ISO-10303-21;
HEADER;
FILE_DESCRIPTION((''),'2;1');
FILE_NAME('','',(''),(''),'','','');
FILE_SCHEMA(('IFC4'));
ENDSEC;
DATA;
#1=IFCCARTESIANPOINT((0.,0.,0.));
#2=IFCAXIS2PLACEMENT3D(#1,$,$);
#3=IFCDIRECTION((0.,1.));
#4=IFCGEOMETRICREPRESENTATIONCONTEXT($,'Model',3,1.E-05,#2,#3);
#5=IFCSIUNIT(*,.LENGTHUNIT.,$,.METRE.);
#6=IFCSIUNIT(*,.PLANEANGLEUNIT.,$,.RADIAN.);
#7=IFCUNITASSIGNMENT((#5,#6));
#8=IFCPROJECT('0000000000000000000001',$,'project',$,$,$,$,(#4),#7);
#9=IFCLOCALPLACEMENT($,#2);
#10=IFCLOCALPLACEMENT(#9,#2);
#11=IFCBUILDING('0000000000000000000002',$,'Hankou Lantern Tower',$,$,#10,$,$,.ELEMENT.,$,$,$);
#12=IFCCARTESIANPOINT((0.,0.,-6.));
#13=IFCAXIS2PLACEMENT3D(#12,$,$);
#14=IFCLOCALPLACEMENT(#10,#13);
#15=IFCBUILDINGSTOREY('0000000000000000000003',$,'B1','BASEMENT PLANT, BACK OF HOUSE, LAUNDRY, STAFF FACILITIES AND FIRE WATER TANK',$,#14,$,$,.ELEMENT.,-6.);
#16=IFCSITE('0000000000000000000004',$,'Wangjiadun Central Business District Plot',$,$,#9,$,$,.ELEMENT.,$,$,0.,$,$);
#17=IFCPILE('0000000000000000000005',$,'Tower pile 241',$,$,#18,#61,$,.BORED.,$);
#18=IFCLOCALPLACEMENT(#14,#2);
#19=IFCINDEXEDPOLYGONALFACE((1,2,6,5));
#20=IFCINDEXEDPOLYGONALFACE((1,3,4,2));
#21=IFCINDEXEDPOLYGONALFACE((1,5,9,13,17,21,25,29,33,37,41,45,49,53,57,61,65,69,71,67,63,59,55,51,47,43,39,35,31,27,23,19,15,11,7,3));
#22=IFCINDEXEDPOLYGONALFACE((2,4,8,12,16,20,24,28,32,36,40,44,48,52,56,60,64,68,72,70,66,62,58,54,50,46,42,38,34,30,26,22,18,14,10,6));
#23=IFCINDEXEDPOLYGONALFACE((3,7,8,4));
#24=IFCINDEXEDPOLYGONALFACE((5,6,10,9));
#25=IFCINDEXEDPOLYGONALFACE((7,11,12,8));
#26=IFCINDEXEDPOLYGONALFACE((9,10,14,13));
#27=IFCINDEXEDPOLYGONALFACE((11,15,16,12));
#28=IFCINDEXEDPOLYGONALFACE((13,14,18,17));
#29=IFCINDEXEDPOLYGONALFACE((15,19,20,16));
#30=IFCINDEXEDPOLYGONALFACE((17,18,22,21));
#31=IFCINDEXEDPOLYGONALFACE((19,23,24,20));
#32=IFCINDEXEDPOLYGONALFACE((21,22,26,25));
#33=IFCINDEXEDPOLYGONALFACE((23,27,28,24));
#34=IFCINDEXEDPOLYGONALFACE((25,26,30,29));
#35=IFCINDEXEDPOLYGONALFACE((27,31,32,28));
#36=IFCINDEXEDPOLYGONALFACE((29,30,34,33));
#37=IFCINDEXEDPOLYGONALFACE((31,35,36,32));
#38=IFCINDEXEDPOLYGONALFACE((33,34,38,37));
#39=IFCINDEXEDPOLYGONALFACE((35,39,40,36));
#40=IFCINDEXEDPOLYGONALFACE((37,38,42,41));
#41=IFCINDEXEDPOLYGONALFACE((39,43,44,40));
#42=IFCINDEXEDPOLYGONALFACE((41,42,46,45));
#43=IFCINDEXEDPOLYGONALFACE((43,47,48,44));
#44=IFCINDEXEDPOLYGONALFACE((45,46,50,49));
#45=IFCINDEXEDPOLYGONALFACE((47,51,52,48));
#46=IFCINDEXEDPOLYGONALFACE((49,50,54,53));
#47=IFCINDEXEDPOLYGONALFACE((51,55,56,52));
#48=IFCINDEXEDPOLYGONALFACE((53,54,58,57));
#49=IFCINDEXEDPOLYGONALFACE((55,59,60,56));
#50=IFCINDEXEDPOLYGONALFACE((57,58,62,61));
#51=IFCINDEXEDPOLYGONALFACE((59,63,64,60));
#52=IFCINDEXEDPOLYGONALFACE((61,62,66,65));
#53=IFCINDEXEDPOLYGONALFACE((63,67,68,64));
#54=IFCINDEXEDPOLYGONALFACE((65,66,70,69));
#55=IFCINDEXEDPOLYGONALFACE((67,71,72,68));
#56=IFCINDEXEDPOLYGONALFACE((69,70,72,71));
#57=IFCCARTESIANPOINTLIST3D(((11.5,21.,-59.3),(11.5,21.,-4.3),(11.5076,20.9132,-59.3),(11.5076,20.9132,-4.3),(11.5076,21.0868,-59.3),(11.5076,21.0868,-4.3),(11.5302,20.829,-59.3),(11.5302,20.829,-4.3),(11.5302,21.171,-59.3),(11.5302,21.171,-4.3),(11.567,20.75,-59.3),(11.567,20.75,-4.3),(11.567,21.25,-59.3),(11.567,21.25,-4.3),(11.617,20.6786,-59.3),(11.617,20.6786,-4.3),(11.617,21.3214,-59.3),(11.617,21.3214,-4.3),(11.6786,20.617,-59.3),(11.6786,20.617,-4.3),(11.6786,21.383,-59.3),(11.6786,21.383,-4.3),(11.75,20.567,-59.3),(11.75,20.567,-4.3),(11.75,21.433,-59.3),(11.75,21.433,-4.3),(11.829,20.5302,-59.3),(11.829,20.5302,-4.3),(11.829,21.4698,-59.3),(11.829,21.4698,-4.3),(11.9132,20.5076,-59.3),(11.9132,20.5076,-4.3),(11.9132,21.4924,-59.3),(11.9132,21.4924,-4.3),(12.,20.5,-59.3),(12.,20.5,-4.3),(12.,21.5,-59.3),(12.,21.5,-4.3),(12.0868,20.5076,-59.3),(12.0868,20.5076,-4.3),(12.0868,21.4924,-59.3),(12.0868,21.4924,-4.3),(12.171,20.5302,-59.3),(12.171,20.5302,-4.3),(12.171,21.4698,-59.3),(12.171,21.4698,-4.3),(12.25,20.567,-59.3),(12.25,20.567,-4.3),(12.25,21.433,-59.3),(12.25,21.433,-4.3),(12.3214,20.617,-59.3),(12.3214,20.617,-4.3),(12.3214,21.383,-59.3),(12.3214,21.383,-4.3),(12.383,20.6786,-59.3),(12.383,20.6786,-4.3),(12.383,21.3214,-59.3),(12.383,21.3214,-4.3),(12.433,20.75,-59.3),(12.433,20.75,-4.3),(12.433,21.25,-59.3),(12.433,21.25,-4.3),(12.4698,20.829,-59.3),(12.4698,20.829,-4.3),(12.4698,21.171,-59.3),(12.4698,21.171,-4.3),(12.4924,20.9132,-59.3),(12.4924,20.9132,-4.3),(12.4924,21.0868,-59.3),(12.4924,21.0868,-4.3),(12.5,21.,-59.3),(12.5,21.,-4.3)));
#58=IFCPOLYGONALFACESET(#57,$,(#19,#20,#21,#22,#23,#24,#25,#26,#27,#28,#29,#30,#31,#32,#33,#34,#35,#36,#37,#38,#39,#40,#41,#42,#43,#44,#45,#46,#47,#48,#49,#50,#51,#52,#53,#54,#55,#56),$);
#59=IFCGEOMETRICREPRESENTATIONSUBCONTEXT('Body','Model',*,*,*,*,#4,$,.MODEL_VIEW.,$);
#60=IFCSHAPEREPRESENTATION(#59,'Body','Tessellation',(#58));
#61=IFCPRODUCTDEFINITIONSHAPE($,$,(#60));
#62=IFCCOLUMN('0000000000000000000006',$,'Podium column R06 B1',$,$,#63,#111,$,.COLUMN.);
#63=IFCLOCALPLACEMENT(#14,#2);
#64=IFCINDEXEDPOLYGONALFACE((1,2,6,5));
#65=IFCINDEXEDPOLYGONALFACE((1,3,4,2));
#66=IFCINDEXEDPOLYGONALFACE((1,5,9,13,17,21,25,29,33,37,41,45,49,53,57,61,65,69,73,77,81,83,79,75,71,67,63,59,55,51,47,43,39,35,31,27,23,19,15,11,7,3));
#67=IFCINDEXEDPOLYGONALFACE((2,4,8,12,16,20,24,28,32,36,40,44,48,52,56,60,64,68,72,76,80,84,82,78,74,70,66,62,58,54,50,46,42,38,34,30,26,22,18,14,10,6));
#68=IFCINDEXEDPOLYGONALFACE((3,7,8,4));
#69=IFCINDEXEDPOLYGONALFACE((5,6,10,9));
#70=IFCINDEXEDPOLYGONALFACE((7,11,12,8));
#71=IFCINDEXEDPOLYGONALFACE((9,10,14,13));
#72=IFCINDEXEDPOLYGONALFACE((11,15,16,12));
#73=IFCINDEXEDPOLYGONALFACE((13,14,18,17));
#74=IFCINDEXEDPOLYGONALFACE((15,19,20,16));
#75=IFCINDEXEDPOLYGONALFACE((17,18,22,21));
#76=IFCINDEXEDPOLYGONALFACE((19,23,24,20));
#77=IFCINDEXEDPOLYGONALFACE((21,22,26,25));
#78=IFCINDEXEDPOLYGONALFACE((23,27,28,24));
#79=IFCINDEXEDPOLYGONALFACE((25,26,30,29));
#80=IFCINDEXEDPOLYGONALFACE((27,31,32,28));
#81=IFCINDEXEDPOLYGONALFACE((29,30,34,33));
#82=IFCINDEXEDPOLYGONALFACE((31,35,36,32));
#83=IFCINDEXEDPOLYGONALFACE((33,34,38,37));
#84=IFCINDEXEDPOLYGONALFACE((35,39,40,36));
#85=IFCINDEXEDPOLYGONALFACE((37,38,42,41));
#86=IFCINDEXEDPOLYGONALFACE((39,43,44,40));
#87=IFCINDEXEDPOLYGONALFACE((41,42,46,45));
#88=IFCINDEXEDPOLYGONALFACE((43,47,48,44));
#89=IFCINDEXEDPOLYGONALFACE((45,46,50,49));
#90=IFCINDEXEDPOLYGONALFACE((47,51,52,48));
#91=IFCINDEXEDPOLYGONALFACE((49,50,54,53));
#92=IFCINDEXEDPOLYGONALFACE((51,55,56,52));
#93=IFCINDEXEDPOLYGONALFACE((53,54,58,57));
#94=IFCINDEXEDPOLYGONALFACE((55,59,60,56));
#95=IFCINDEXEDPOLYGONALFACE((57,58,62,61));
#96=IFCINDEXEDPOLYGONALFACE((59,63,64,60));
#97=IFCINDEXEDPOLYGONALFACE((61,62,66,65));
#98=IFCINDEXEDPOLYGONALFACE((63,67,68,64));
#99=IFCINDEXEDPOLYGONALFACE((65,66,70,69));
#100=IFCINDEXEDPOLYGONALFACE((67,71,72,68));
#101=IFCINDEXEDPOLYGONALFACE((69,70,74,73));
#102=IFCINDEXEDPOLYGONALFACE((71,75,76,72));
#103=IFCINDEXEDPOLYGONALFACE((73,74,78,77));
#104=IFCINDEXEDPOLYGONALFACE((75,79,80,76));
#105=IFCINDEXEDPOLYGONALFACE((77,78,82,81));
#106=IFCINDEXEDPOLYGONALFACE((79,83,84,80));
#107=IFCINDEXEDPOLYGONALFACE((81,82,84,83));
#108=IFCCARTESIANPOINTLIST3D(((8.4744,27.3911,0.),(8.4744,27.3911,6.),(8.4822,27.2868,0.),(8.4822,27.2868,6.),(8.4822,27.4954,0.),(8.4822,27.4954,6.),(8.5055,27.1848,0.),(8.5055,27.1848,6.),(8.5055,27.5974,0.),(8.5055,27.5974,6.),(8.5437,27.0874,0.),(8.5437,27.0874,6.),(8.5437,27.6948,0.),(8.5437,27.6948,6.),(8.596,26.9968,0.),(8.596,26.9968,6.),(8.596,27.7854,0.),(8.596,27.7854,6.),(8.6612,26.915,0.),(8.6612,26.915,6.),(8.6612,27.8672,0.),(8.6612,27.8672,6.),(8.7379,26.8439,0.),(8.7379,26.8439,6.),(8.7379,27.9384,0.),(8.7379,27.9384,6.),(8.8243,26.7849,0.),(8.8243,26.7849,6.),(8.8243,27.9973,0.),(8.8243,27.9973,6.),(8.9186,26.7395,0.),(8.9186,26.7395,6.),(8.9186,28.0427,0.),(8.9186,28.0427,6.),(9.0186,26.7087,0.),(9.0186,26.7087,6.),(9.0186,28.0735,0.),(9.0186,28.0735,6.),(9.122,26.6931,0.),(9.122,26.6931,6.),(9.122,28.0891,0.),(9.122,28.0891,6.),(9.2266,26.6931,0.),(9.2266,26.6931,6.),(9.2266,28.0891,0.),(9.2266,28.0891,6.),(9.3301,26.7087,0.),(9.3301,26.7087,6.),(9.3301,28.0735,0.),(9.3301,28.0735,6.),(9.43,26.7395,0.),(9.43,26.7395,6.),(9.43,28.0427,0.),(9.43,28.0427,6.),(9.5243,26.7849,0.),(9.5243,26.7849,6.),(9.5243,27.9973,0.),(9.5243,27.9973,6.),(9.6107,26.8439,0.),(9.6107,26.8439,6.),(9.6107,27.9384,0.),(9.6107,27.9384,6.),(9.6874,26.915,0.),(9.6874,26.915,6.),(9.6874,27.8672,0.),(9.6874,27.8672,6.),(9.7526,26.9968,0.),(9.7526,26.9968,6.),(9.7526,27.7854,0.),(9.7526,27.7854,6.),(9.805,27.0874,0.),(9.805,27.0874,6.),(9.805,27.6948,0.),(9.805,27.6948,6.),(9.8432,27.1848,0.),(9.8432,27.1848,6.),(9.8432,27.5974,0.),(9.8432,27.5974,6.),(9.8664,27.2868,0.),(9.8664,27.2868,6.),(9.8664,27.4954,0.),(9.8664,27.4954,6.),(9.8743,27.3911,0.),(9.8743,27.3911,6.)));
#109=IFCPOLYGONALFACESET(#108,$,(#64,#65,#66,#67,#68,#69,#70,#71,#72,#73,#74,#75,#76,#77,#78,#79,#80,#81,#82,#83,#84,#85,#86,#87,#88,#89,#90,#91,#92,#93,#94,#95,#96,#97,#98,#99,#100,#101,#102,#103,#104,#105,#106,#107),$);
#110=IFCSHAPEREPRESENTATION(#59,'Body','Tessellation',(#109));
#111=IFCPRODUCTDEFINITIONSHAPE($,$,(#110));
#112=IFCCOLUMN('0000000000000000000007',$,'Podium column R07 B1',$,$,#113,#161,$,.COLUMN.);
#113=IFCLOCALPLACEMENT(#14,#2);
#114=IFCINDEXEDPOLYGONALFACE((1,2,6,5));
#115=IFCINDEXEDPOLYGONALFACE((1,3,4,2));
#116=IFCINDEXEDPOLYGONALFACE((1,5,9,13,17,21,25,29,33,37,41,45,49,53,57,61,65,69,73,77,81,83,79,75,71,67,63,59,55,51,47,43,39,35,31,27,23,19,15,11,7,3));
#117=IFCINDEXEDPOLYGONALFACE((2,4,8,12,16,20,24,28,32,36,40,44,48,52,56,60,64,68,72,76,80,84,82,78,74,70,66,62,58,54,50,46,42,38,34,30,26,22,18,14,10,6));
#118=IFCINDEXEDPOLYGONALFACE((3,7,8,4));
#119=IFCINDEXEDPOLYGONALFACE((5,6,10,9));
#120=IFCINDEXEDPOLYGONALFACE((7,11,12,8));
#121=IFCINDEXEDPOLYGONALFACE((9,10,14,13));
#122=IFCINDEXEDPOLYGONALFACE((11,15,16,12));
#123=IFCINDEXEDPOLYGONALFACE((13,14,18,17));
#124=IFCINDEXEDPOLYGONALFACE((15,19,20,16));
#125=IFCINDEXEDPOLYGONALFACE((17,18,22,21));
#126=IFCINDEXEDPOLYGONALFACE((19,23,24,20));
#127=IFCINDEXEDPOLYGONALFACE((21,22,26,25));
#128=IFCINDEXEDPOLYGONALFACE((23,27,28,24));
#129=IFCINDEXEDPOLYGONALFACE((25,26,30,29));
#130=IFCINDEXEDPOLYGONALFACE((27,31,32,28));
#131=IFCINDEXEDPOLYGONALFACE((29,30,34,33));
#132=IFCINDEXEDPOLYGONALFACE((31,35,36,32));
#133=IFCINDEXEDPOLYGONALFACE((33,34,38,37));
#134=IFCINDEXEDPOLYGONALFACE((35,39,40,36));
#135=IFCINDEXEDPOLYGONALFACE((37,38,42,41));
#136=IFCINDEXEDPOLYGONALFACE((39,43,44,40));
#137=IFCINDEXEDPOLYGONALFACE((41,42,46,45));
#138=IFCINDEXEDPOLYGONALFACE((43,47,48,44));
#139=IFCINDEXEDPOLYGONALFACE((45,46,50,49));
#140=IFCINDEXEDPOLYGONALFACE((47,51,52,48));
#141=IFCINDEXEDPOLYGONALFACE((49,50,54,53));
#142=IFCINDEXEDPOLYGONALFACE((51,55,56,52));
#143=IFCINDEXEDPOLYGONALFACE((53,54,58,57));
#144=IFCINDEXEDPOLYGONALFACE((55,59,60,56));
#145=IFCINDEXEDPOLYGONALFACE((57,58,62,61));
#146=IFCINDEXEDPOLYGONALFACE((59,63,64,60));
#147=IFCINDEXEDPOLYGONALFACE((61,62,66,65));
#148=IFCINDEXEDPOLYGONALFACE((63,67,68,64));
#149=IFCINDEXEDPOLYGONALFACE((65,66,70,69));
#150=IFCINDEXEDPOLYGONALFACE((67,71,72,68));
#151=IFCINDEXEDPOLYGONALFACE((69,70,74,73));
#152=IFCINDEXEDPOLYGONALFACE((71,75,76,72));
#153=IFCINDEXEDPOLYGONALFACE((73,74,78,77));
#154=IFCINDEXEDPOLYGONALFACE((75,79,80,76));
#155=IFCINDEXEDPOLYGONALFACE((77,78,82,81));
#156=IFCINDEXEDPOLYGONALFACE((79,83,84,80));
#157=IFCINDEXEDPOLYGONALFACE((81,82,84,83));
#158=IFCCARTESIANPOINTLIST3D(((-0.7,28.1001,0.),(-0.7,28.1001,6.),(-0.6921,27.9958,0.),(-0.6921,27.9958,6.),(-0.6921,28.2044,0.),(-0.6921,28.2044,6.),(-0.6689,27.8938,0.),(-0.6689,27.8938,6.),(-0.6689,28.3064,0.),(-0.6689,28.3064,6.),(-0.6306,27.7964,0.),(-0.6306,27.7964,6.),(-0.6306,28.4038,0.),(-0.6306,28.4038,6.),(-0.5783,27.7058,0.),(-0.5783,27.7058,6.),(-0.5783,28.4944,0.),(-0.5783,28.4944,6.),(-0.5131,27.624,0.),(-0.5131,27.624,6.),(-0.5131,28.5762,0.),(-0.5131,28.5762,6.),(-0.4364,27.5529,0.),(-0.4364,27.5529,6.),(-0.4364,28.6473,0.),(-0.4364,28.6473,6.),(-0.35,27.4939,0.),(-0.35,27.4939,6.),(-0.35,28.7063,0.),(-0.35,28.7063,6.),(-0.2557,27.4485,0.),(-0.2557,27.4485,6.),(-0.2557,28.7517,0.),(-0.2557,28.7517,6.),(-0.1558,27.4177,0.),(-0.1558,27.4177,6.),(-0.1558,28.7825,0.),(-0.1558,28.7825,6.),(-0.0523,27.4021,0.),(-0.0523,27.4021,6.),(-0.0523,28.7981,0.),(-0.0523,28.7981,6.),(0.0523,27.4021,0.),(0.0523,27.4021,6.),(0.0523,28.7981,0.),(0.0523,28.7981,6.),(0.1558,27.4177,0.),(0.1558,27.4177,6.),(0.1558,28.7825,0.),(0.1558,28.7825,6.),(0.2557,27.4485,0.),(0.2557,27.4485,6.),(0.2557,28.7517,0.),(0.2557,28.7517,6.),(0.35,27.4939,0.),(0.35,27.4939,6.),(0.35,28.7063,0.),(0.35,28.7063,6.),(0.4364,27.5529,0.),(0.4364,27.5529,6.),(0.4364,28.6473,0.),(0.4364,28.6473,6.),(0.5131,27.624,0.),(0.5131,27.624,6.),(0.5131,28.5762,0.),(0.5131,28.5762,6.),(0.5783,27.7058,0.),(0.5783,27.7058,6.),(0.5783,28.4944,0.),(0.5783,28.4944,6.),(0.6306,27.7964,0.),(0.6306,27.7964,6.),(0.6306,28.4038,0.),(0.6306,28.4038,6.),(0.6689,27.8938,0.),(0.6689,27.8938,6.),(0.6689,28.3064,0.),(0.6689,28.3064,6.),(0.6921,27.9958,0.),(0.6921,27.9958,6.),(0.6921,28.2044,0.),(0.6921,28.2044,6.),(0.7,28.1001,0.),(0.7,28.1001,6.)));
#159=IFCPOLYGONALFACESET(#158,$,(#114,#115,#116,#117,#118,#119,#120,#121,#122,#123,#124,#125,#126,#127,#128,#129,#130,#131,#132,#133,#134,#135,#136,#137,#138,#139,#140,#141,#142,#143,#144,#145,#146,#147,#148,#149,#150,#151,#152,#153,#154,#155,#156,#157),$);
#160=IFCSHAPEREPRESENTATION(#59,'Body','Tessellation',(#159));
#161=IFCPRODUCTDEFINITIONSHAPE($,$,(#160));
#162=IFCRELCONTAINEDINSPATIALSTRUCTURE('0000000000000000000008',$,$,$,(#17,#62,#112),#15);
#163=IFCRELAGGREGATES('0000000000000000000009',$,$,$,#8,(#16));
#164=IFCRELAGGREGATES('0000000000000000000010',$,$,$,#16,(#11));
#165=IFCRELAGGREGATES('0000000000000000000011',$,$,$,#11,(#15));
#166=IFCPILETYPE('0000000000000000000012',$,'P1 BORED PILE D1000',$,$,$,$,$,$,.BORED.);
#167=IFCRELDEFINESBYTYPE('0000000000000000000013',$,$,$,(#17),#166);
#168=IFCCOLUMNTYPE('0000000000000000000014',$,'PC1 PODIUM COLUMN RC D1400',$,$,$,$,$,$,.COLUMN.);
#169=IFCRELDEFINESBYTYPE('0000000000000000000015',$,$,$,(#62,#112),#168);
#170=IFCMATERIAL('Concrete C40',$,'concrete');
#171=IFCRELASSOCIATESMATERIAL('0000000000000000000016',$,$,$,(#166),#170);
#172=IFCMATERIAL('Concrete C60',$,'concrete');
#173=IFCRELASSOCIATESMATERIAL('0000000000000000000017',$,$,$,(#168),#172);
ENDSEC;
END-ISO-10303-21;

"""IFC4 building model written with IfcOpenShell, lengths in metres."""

from ifc_helpers import new_model, si_unit, direction, frame, origin, origin_2d, place, context, subcontext, project, spatial, circle, extrude, material, material_profile, profile_set, type_object, element, save


model = new_model("IFC4")

# Units and contexts
model_context = context("Model", 3, precision=1e-05, world=origin(), true_north=direction((0.0, 1.0)))
body_context = subcontext(model_context, "Body", "Model", "MODEL_VIEW")
ifc_project = project(units=[si_unit("LENGTHUNIT", "METRE"), si_unit("PLANEANGLEUNIT", "RADIAN")], contexts=[model_context])

# Site, building, storey
site_placement = place(None, origin())
site = spatial("IfcSite", under=ifc_project, at=site_placement, Name="Wangjiadun Central Business District Plot", CompositionType="ELEMENT", RefElevation=0.0)
building_placement = place(site_placement, origin())
building = spatial("IfcBuilding", under=site, at=building_placement, Name="Hankou Lantern Tower", CompositionType="ELEMENT")
storey_placement = place(building_placement, frame((0.0, 0.0, -6.0)))
storey = spatial("IfcBuildingStorey", under=building, at=storey_placement, Name="B1", Description="BASEMENT PLANT, BACK OF HOUSE, LAUNDRY, STAFF FACILITIES AND FIRE WATER TANK", CompositionType="ELEMENT", Elevation=-6.0)

# Pile
ifc_material_1 = material(Name="Concrete C40", Category="concrete")
ifc_material_profile_1 = material_profile(ifc_material_1, circle(Radius=0.5, at=origin_2d()), Name="RC D1000")
ifc_profile_set_1 = profile_set([ifc_material_profile_1], Name="Concrete C40")
pile_type = type_object("IfcPileType", Name="P1 BORED PILE D1000", PredefinedType="BORED", material=ifc_profile_set_1)
for number, where, z_axis, x_axis, name in (
    (1, (12.0, 21.0, -4.3), (0.0, 0.0, -1.0), (1.0, 0.0, 0.0), "Tower pile 241"),
):
    element("IfcPile", number, at=place(storey_placement, frame(where, z_axis=z_axis, x_axis=x_axis)), inside=storey, type_object=pile_type, Name=name, PredefinedType="BORED", context=body_context, shape_type="SweptSolid", body=[
        extrude(circle(Radius=0.5, at=origin_2d()), origin(), (0.0, 0.0, 1.0), 55.0),
    ])

# Columns
ifc_material_2 = material(Name="Concrete C60", Category="concrete")
ifc_material_profile_2 = material_profile(ifc_material_2, circle(Radius=0.7, at=origin_2d()), Name="RC D1400")
ifc_profile_set_2 = profile_set([ifc_material_profile_2], Name="Concrete C60")
column_type_1 = type_object("IfcColumnType", Name="PC1 PODIUM COLUMN RC D1400", PredefinedType="COLUMN", material=ifc_profile_set_2)
for number, where, z_axis, x_axis, name in (
    (2, (9.1743, 27.3911, 0.0), (0.0, 0.0, 1.0), (1.0, 0.0, 0.0), "Podium column R06 B1"),
    (3, (0.0, 28.1001, 0.0), (0.0, 0.0, 1.0), (1.0, 0.0, 0.0), "Podium column R07 B1"),
):
    element("IfcColumn", number, at=place(storey_placement, frame(where, z_axis=z_axis, x_axis=x_axis)), inside=storey, type_object=column_type_1, Name=name, PredefinedType="COLUMN", context=body_context, shape_type="SweptSolid", body=[
        extrude(circle(Radius=0.7, at=origin_2d()), origin(), (0.0, 0.0, 1.0), 6.0),
    ])

save(model, "model.ifc")
